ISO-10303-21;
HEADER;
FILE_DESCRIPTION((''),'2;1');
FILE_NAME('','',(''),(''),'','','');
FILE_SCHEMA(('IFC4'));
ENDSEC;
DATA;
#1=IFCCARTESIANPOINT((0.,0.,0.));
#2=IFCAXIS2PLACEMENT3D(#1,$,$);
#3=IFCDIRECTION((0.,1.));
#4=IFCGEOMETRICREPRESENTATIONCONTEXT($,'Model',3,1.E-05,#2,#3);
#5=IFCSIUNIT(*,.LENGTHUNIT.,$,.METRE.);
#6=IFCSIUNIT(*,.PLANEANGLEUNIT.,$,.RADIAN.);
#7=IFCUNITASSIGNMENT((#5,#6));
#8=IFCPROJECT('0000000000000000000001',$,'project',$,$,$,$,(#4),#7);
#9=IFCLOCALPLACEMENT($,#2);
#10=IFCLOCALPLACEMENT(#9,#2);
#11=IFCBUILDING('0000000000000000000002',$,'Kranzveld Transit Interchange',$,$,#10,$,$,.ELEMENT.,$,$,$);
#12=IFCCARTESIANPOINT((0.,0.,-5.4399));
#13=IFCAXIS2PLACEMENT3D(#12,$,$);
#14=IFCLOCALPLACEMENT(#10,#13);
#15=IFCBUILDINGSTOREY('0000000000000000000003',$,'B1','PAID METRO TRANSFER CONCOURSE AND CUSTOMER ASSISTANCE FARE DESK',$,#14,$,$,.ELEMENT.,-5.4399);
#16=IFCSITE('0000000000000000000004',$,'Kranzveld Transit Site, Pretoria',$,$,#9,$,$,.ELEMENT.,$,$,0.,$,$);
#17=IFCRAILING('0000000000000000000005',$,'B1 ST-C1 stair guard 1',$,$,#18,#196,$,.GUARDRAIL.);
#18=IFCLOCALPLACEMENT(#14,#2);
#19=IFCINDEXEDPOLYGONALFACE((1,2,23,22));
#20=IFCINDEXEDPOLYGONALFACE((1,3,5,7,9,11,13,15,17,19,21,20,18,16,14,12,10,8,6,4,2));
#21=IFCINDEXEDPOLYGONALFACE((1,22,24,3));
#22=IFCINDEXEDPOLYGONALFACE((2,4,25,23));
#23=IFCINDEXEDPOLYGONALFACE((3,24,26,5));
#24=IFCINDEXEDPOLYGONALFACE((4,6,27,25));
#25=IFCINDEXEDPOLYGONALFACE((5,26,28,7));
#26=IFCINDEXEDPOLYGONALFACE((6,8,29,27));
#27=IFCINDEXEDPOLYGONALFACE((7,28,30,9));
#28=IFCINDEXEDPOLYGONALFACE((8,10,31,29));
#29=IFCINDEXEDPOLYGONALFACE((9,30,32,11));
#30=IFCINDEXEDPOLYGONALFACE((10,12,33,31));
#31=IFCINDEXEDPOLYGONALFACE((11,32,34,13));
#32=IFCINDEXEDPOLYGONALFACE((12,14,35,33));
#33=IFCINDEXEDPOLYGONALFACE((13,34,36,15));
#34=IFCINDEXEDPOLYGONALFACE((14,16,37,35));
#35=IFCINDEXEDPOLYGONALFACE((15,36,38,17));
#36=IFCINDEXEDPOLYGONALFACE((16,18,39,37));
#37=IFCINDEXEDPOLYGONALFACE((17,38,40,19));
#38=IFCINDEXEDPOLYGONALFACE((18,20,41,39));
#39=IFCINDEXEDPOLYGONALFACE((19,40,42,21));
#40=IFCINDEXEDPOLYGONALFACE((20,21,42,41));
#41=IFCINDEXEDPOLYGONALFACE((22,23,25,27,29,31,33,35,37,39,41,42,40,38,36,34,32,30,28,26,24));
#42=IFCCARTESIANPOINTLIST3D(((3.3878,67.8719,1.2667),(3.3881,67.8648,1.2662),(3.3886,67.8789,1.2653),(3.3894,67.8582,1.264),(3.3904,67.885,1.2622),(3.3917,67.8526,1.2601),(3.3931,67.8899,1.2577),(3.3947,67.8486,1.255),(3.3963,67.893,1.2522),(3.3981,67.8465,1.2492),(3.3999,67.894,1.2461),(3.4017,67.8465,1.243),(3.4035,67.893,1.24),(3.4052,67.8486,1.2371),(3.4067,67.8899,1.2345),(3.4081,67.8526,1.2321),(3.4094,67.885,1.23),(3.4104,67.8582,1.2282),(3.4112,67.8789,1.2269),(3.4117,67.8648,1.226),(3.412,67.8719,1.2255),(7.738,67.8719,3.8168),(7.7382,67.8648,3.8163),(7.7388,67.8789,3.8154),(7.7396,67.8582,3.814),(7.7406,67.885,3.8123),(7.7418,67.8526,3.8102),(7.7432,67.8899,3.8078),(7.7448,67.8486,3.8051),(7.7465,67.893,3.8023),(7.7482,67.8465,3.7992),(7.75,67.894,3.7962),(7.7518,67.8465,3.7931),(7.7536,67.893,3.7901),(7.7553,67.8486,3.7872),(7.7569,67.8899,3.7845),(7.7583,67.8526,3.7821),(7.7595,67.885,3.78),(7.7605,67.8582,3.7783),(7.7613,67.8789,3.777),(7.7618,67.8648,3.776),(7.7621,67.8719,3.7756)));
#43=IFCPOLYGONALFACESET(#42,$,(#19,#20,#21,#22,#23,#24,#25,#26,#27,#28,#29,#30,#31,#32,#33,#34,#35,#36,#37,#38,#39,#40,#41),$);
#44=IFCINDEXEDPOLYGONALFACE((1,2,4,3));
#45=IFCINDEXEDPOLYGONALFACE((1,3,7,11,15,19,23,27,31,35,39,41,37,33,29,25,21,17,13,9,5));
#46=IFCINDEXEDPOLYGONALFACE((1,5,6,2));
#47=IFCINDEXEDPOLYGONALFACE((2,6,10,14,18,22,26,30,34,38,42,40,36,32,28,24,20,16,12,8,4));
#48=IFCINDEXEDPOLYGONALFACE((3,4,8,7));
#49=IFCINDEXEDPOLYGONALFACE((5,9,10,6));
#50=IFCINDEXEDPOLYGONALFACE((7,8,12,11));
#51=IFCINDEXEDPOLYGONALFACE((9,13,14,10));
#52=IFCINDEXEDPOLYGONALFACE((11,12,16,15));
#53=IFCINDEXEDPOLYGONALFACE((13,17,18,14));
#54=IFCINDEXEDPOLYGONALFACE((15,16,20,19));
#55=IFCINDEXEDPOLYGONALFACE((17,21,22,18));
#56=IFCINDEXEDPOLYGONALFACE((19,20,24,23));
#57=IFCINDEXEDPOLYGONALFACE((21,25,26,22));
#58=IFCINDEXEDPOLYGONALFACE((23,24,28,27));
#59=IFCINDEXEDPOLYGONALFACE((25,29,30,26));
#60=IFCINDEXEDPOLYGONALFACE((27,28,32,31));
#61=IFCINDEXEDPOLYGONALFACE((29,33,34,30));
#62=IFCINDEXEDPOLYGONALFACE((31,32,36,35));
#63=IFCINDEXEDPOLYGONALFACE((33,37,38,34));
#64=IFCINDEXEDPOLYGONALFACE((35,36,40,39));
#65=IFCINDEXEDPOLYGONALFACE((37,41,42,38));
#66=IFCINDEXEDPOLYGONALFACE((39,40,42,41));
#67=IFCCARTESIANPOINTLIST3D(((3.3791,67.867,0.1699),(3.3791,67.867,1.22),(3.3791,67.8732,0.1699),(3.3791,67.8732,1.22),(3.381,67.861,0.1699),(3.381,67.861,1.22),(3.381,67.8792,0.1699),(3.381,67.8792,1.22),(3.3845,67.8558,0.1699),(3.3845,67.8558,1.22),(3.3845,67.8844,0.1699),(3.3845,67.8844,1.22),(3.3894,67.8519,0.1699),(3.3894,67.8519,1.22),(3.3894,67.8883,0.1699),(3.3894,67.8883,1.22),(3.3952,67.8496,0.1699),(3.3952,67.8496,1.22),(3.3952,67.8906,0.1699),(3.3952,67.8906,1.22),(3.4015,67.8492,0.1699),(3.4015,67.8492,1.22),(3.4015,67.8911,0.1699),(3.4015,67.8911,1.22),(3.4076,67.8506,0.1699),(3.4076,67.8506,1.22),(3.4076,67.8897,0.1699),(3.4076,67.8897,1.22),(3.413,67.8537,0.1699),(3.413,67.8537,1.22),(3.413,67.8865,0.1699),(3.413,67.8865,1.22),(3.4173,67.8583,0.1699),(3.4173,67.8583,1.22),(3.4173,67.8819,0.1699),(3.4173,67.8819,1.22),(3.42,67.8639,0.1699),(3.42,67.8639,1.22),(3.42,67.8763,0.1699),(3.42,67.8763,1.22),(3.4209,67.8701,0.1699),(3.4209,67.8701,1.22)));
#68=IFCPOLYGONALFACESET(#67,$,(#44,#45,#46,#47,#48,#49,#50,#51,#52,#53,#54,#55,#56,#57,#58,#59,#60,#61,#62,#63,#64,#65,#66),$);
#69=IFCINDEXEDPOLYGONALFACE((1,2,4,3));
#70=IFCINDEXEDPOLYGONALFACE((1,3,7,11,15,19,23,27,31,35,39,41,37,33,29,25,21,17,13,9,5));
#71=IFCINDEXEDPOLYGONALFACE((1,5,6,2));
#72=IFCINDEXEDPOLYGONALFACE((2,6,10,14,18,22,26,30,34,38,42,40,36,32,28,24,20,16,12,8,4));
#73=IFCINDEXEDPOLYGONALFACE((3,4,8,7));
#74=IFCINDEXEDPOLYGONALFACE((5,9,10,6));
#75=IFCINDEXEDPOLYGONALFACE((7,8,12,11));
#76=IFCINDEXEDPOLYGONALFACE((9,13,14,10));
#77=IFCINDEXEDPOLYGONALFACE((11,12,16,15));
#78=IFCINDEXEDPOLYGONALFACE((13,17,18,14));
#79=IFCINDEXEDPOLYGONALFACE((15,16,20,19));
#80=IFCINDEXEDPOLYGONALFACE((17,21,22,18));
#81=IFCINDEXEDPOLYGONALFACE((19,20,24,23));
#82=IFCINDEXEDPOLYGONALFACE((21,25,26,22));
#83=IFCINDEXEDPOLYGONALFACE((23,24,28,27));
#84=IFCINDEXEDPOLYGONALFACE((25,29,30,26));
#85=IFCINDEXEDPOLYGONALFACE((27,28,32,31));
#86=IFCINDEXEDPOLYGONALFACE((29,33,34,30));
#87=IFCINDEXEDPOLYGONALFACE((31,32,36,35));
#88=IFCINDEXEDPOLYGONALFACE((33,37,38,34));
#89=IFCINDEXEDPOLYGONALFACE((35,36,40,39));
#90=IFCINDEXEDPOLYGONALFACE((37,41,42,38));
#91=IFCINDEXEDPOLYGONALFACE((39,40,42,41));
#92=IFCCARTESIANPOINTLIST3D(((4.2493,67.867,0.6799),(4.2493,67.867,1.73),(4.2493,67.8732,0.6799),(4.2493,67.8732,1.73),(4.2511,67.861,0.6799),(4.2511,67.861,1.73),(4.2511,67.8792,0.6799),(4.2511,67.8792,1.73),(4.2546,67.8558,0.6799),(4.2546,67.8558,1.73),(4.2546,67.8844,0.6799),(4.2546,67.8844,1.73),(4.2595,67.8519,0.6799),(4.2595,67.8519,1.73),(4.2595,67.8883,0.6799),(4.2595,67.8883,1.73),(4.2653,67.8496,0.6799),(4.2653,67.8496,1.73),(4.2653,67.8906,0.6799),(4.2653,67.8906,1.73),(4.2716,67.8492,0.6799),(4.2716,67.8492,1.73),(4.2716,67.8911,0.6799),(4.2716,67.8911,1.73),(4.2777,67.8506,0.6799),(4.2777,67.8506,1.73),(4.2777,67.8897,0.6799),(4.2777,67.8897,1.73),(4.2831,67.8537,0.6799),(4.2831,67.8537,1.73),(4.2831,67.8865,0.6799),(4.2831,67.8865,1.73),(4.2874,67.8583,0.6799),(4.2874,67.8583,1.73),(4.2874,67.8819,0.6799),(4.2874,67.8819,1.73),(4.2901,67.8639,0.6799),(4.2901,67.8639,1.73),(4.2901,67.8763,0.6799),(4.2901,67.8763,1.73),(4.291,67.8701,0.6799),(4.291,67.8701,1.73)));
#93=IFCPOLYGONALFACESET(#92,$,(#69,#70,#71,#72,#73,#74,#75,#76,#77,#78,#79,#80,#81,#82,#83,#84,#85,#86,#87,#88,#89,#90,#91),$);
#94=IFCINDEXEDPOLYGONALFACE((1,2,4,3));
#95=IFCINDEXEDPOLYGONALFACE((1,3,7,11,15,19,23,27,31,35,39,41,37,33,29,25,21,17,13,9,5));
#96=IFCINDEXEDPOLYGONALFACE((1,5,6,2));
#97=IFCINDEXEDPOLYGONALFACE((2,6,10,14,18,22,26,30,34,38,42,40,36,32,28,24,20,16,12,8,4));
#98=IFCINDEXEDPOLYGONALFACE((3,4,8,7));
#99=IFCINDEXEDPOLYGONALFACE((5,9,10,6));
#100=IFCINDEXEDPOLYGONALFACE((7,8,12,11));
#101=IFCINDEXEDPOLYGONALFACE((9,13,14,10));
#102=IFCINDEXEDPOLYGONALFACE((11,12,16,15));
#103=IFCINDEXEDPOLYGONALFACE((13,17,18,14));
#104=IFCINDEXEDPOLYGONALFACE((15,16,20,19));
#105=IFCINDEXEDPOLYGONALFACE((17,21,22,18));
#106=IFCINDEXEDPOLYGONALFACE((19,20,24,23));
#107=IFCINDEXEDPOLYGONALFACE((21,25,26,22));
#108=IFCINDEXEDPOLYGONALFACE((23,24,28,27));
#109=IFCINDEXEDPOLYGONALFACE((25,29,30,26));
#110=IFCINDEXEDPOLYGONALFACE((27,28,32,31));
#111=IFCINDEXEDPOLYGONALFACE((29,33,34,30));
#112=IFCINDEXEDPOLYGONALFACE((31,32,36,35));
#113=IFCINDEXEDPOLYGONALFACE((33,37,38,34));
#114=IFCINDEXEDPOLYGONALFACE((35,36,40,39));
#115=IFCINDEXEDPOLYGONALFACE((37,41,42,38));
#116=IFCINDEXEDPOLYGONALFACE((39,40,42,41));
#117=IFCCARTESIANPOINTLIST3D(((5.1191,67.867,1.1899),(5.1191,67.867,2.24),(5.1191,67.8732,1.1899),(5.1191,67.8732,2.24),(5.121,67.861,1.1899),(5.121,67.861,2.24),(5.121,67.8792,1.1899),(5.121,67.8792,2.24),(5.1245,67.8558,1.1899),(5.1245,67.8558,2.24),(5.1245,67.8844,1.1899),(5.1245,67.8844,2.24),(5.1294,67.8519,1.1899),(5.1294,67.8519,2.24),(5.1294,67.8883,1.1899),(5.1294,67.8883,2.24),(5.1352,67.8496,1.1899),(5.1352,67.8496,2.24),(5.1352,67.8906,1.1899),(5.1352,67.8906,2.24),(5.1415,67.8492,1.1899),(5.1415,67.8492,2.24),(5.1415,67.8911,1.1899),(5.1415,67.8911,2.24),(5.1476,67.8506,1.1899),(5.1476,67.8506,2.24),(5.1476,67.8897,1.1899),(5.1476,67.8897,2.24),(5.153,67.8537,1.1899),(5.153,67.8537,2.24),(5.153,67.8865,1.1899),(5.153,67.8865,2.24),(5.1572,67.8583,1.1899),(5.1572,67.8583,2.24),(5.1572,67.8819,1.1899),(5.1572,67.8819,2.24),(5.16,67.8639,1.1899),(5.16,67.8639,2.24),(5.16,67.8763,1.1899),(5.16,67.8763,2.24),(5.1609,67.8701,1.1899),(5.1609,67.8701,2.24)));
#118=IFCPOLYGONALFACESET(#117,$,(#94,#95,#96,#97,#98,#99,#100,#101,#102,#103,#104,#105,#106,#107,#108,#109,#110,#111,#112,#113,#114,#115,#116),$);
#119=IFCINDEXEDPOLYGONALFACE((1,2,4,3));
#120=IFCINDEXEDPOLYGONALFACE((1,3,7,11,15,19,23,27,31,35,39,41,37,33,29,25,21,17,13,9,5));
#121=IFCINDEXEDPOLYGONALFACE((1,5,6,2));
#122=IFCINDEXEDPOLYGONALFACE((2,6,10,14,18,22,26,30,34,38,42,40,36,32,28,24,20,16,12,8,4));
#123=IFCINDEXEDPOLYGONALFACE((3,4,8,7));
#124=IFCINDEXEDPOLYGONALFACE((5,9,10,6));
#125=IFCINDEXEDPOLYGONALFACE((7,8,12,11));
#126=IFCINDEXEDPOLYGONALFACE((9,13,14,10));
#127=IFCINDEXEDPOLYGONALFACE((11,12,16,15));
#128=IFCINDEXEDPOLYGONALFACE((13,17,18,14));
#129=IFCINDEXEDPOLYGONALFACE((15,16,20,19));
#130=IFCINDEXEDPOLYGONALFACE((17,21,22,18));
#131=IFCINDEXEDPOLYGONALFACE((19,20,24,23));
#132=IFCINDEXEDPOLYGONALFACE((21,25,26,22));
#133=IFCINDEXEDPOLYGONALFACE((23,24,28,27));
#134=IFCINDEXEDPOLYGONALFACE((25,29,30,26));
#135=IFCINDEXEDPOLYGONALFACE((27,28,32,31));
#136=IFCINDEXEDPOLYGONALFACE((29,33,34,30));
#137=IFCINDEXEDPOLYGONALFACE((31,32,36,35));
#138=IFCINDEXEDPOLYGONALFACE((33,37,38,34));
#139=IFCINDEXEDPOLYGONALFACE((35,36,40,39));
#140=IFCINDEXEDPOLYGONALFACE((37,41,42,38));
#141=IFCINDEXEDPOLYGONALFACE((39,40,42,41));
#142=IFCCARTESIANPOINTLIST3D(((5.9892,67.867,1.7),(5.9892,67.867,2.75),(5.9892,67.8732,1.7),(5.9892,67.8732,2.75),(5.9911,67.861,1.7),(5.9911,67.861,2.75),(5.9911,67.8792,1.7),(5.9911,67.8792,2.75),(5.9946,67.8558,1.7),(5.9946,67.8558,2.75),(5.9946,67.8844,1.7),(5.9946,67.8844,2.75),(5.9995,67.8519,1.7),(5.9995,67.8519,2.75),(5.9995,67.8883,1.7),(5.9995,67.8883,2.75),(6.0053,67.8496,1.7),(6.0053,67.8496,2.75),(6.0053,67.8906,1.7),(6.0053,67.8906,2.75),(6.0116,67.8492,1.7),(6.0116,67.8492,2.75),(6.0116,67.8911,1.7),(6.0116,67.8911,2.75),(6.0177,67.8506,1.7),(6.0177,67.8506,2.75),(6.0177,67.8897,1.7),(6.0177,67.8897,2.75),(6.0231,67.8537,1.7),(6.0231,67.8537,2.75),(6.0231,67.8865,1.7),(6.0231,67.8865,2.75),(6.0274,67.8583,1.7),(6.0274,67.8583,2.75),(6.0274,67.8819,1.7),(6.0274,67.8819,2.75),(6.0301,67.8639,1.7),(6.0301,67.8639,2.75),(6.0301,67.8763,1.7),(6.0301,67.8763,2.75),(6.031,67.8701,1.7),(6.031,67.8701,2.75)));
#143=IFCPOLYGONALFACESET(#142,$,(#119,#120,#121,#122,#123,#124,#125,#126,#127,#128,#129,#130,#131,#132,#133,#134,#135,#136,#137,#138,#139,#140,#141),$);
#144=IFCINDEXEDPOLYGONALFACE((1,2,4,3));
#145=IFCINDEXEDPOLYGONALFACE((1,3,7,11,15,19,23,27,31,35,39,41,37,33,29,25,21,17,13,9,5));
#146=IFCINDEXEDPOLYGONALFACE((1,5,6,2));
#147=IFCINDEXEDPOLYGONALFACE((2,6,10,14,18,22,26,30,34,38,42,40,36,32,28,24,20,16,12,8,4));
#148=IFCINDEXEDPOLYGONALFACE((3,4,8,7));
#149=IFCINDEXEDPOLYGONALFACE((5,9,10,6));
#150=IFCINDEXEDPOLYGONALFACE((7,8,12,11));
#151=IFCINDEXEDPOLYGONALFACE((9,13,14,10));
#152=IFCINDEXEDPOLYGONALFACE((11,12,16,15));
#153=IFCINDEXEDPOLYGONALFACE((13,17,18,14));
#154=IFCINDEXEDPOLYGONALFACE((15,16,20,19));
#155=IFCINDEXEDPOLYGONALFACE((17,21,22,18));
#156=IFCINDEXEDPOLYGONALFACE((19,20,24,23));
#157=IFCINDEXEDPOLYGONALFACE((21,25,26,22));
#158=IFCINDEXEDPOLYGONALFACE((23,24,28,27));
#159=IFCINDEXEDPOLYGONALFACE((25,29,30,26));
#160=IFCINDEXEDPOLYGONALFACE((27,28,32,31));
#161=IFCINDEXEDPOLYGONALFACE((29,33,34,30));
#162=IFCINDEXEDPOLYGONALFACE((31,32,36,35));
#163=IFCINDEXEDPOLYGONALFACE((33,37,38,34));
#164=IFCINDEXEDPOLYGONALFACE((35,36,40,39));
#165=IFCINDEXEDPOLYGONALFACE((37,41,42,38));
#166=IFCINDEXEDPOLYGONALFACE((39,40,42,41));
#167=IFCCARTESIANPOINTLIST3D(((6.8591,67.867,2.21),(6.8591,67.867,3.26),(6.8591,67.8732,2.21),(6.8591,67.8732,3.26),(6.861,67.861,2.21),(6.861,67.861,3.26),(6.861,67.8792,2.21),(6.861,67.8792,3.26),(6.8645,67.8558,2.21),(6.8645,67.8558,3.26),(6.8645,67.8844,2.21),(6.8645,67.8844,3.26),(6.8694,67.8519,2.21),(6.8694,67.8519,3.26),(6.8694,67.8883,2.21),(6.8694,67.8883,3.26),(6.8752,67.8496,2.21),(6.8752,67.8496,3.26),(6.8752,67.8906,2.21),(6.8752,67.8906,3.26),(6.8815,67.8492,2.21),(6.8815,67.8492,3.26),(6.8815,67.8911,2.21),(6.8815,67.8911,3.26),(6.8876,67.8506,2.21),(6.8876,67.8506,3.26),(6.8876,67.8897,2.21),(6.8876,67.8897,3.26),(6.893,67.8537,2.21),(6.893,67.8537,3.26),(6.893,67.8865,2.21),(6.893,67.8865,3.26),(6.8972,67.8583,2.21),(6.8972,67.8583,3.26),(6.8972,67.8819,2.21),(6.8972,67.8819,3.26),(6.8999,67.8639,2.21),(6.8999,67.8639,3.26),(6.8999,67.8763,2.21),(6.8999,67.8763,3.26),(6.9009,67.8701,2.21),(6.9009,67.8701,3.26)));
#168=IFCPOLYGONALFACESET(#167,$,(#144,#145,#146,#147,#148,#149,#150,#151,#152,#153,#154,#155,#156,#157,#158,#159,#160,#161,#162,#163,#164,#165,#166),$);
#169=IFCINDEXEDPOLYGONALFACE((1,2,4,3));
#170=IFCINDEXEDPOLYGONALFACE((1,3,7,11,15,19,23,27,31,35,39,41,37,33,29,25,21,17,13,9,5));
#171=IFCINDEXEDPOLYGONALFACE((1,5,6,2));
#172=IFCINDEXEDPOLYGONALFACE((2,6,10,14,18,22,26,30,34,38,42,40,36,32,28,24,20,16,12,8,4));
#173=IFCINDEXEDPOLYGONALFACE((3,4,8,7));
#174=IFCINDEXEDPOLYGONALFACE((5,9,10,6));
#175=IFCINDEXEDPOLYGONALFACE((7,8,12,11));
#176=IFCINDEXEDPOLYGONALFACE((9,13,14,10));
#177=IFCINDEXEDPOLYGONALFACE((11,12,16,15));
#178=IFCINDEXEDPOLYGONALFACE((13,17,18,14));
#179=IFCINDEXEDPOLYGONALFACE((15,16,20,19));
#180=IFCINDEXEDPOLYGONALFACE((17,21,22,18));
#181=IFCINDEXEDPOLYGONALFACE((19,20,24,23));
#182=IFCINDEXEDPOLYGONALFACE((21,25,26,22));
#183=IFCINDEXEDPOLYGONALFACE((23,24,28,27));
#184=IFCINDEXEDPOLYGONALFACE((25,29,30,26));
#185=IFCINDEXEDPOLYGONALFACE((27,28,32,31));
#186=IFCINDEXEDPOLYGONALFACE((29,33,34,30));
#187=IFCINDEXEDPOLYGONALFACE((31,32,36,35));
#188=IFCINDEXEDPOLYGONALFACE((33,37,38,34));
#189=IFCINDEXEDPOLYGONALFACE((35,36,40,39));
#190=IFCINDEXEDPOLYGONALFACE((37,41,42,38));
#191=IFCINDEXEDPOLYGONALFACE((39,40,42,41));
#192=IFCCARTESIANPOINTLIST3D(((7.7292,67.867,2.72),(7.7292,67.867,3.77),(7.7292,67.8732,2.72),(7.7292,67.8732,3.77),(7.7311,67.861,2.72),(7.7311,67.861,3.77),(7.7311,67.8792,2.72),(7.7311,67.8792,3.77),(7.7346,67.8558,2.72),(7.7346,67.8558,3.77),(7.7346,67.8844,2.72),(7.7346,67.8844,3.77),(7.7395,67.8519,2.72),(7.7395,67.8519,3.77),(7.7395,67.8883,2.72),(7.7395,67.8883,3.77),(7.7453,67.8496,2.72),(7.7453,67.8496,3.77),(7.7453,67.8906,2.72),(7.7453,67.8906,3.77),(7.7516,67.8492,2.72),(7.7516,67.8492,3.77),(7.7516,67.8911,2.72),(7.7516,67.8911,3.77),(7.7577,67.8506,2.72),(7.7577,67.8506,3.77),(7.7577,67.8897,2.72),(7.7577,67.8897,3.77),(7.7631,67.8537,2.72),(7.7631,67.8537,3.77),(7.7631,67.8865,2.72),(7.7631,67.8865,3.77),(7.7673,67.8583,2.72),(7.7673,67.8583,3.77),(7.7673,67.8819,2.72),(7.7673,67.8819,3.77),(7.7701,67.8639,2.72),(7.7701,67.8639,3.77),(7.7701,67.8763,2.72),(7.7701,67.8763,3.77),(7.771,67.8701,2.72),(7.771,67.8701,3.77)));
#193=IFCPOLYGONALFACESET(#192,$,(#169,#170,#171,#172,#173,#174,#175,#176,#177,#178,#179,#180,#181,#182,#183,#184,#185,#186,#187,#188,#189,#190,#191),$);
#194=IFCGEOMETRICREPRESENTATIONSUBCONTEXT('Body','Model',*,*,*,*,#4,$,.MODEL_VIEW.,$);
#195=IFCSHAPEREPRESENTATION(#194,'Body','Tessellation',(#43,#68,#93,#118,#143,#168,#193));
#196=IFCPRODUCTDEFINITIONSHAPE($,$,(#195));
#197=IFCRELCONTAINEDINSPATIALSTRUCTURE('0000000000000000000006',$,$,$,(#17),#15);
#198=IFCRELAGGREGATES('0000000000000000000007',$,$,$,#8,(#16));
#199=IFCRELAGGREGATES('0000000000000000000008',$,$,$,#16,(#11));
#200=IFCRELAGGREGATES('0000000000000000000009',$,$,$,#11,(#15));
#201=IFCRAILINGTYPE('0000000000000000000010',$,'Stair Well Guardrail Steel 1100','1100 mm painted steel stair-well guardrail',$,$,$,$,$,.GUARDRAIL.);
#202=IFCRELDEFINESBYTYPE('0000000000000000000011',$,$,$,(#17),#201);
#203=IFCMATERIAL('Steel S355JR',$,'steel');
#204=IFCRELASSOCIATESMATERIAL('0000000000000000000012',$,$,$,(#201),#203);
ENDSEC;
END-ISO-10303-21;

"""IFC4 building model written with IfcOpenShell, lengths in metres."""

from ifc_helpers import new_model, si_unit, direction, frame, origin, origin_2d, place, context, subcontext, project, spatial, circle, extrude, material, type_object, element, save


model = new_model("IFC4")

# Units and contexts
model_context = context("Model", 3, precision=1e-05, world=origin(), true_north=direction((0.0, 1.0)))
body_context = subcontext(model_context, "Body", "Model", "MODEL_VIEW")
ifc_project = project(units=[si_unit("LENGTHUNIT", "METRE"), si_unit("PLANEANGLEUNIT", "RADIAN")], contexts=[model_context])

# Site, building, storey
site_placement = place(None, origin())
site = spatial("IfcSite", under=ifc_project, at=site_placement, Name="Kranzveld Transit Site, Pretoria", CompositionType="ELEMENT", RefElevation=0.0)
building_placement = place(site_placement, origin())
building = spatial("IfcBuilding", under=site, at=building_placement, Name="Kranzveld Transit Interchange", CompositionType="ELEMENT")
storey_placement = place(building_placement, frame((0.0, 0.0, -5.4399)))
storey = spatial("IfcBuildingStorey", under=building, at=storey_placement, Name="B1", Description="PAID METRO TRANSFER CONCOURSE AND CUSTOMER ASSISTANCE FARE DESK", CompositionType="ELEMENT", Elevation=-5.4399)

# Railing
ifc_material_1 = material(Name="Steel S355JR", Category="steel")
railing_type_1 = type_object("IfcRailingType", Name="Stair Well Guardrail Steel 1100", Description="1100 mm painted steel stair-well guardrail", PredefinedType="GUARDRAIL", material=ifc_material_1)
railing_1_placement = place(storey_placement, frame((3.3999, 67.8701, 0.1699)))
element("IfcRailing", 1, at=railing_1_placement, inside=storey, type_object=railing_type_1, Name="B1 ST-C1 stair guard 1", PredefinedType="GUARDRAIL", context=body_context, shape_type="SweptSolid", body=[
    extrude(circle(Radius=0.0239, at=origin_2d()), frame((0.0, 0.0, 1.0762), z_axis=(0.862699, 0.0, 0.505718), x_axis=(0.0, 1.0, 0.0)), (0.0, 0.0, 1.0), 5.0425),
    extrude(circle(Radius=0.021, at=origin_2d()), origin(), (0.0, 0.0, 1.0), 1.05),
    extrude(circle(Radius=0.021, at=origin_2d()), frame((0.8701, 0.0, 0.51)), (0.0, 0.0, 1.0), 1.05),
    extrude(circle(Radius=0.021, at=origin_2d()), frame((1.74, 0.0, 1.02)), (0.0, 0.0, 1.0), 1.05),
    extrude(circle(Radius=0.021, at=origin_2d()), frame((2.6101, 0.0, 1.53)), (0.0, 0.0, 1.0), 1.05),
    extrude(circle(Radius=0.021, at=origin_2d()), frame((3.48, 0.0, 2.04)), (0.0, 0.0, 1.0), 1.05),
    extrude(circle(Radius=0.021, at=origin_2d()), frame((4.3501, 0.0, 2.55)), (0.0, 0.0, 1.0), 1.05),
])

save(model, "model.ifc")
